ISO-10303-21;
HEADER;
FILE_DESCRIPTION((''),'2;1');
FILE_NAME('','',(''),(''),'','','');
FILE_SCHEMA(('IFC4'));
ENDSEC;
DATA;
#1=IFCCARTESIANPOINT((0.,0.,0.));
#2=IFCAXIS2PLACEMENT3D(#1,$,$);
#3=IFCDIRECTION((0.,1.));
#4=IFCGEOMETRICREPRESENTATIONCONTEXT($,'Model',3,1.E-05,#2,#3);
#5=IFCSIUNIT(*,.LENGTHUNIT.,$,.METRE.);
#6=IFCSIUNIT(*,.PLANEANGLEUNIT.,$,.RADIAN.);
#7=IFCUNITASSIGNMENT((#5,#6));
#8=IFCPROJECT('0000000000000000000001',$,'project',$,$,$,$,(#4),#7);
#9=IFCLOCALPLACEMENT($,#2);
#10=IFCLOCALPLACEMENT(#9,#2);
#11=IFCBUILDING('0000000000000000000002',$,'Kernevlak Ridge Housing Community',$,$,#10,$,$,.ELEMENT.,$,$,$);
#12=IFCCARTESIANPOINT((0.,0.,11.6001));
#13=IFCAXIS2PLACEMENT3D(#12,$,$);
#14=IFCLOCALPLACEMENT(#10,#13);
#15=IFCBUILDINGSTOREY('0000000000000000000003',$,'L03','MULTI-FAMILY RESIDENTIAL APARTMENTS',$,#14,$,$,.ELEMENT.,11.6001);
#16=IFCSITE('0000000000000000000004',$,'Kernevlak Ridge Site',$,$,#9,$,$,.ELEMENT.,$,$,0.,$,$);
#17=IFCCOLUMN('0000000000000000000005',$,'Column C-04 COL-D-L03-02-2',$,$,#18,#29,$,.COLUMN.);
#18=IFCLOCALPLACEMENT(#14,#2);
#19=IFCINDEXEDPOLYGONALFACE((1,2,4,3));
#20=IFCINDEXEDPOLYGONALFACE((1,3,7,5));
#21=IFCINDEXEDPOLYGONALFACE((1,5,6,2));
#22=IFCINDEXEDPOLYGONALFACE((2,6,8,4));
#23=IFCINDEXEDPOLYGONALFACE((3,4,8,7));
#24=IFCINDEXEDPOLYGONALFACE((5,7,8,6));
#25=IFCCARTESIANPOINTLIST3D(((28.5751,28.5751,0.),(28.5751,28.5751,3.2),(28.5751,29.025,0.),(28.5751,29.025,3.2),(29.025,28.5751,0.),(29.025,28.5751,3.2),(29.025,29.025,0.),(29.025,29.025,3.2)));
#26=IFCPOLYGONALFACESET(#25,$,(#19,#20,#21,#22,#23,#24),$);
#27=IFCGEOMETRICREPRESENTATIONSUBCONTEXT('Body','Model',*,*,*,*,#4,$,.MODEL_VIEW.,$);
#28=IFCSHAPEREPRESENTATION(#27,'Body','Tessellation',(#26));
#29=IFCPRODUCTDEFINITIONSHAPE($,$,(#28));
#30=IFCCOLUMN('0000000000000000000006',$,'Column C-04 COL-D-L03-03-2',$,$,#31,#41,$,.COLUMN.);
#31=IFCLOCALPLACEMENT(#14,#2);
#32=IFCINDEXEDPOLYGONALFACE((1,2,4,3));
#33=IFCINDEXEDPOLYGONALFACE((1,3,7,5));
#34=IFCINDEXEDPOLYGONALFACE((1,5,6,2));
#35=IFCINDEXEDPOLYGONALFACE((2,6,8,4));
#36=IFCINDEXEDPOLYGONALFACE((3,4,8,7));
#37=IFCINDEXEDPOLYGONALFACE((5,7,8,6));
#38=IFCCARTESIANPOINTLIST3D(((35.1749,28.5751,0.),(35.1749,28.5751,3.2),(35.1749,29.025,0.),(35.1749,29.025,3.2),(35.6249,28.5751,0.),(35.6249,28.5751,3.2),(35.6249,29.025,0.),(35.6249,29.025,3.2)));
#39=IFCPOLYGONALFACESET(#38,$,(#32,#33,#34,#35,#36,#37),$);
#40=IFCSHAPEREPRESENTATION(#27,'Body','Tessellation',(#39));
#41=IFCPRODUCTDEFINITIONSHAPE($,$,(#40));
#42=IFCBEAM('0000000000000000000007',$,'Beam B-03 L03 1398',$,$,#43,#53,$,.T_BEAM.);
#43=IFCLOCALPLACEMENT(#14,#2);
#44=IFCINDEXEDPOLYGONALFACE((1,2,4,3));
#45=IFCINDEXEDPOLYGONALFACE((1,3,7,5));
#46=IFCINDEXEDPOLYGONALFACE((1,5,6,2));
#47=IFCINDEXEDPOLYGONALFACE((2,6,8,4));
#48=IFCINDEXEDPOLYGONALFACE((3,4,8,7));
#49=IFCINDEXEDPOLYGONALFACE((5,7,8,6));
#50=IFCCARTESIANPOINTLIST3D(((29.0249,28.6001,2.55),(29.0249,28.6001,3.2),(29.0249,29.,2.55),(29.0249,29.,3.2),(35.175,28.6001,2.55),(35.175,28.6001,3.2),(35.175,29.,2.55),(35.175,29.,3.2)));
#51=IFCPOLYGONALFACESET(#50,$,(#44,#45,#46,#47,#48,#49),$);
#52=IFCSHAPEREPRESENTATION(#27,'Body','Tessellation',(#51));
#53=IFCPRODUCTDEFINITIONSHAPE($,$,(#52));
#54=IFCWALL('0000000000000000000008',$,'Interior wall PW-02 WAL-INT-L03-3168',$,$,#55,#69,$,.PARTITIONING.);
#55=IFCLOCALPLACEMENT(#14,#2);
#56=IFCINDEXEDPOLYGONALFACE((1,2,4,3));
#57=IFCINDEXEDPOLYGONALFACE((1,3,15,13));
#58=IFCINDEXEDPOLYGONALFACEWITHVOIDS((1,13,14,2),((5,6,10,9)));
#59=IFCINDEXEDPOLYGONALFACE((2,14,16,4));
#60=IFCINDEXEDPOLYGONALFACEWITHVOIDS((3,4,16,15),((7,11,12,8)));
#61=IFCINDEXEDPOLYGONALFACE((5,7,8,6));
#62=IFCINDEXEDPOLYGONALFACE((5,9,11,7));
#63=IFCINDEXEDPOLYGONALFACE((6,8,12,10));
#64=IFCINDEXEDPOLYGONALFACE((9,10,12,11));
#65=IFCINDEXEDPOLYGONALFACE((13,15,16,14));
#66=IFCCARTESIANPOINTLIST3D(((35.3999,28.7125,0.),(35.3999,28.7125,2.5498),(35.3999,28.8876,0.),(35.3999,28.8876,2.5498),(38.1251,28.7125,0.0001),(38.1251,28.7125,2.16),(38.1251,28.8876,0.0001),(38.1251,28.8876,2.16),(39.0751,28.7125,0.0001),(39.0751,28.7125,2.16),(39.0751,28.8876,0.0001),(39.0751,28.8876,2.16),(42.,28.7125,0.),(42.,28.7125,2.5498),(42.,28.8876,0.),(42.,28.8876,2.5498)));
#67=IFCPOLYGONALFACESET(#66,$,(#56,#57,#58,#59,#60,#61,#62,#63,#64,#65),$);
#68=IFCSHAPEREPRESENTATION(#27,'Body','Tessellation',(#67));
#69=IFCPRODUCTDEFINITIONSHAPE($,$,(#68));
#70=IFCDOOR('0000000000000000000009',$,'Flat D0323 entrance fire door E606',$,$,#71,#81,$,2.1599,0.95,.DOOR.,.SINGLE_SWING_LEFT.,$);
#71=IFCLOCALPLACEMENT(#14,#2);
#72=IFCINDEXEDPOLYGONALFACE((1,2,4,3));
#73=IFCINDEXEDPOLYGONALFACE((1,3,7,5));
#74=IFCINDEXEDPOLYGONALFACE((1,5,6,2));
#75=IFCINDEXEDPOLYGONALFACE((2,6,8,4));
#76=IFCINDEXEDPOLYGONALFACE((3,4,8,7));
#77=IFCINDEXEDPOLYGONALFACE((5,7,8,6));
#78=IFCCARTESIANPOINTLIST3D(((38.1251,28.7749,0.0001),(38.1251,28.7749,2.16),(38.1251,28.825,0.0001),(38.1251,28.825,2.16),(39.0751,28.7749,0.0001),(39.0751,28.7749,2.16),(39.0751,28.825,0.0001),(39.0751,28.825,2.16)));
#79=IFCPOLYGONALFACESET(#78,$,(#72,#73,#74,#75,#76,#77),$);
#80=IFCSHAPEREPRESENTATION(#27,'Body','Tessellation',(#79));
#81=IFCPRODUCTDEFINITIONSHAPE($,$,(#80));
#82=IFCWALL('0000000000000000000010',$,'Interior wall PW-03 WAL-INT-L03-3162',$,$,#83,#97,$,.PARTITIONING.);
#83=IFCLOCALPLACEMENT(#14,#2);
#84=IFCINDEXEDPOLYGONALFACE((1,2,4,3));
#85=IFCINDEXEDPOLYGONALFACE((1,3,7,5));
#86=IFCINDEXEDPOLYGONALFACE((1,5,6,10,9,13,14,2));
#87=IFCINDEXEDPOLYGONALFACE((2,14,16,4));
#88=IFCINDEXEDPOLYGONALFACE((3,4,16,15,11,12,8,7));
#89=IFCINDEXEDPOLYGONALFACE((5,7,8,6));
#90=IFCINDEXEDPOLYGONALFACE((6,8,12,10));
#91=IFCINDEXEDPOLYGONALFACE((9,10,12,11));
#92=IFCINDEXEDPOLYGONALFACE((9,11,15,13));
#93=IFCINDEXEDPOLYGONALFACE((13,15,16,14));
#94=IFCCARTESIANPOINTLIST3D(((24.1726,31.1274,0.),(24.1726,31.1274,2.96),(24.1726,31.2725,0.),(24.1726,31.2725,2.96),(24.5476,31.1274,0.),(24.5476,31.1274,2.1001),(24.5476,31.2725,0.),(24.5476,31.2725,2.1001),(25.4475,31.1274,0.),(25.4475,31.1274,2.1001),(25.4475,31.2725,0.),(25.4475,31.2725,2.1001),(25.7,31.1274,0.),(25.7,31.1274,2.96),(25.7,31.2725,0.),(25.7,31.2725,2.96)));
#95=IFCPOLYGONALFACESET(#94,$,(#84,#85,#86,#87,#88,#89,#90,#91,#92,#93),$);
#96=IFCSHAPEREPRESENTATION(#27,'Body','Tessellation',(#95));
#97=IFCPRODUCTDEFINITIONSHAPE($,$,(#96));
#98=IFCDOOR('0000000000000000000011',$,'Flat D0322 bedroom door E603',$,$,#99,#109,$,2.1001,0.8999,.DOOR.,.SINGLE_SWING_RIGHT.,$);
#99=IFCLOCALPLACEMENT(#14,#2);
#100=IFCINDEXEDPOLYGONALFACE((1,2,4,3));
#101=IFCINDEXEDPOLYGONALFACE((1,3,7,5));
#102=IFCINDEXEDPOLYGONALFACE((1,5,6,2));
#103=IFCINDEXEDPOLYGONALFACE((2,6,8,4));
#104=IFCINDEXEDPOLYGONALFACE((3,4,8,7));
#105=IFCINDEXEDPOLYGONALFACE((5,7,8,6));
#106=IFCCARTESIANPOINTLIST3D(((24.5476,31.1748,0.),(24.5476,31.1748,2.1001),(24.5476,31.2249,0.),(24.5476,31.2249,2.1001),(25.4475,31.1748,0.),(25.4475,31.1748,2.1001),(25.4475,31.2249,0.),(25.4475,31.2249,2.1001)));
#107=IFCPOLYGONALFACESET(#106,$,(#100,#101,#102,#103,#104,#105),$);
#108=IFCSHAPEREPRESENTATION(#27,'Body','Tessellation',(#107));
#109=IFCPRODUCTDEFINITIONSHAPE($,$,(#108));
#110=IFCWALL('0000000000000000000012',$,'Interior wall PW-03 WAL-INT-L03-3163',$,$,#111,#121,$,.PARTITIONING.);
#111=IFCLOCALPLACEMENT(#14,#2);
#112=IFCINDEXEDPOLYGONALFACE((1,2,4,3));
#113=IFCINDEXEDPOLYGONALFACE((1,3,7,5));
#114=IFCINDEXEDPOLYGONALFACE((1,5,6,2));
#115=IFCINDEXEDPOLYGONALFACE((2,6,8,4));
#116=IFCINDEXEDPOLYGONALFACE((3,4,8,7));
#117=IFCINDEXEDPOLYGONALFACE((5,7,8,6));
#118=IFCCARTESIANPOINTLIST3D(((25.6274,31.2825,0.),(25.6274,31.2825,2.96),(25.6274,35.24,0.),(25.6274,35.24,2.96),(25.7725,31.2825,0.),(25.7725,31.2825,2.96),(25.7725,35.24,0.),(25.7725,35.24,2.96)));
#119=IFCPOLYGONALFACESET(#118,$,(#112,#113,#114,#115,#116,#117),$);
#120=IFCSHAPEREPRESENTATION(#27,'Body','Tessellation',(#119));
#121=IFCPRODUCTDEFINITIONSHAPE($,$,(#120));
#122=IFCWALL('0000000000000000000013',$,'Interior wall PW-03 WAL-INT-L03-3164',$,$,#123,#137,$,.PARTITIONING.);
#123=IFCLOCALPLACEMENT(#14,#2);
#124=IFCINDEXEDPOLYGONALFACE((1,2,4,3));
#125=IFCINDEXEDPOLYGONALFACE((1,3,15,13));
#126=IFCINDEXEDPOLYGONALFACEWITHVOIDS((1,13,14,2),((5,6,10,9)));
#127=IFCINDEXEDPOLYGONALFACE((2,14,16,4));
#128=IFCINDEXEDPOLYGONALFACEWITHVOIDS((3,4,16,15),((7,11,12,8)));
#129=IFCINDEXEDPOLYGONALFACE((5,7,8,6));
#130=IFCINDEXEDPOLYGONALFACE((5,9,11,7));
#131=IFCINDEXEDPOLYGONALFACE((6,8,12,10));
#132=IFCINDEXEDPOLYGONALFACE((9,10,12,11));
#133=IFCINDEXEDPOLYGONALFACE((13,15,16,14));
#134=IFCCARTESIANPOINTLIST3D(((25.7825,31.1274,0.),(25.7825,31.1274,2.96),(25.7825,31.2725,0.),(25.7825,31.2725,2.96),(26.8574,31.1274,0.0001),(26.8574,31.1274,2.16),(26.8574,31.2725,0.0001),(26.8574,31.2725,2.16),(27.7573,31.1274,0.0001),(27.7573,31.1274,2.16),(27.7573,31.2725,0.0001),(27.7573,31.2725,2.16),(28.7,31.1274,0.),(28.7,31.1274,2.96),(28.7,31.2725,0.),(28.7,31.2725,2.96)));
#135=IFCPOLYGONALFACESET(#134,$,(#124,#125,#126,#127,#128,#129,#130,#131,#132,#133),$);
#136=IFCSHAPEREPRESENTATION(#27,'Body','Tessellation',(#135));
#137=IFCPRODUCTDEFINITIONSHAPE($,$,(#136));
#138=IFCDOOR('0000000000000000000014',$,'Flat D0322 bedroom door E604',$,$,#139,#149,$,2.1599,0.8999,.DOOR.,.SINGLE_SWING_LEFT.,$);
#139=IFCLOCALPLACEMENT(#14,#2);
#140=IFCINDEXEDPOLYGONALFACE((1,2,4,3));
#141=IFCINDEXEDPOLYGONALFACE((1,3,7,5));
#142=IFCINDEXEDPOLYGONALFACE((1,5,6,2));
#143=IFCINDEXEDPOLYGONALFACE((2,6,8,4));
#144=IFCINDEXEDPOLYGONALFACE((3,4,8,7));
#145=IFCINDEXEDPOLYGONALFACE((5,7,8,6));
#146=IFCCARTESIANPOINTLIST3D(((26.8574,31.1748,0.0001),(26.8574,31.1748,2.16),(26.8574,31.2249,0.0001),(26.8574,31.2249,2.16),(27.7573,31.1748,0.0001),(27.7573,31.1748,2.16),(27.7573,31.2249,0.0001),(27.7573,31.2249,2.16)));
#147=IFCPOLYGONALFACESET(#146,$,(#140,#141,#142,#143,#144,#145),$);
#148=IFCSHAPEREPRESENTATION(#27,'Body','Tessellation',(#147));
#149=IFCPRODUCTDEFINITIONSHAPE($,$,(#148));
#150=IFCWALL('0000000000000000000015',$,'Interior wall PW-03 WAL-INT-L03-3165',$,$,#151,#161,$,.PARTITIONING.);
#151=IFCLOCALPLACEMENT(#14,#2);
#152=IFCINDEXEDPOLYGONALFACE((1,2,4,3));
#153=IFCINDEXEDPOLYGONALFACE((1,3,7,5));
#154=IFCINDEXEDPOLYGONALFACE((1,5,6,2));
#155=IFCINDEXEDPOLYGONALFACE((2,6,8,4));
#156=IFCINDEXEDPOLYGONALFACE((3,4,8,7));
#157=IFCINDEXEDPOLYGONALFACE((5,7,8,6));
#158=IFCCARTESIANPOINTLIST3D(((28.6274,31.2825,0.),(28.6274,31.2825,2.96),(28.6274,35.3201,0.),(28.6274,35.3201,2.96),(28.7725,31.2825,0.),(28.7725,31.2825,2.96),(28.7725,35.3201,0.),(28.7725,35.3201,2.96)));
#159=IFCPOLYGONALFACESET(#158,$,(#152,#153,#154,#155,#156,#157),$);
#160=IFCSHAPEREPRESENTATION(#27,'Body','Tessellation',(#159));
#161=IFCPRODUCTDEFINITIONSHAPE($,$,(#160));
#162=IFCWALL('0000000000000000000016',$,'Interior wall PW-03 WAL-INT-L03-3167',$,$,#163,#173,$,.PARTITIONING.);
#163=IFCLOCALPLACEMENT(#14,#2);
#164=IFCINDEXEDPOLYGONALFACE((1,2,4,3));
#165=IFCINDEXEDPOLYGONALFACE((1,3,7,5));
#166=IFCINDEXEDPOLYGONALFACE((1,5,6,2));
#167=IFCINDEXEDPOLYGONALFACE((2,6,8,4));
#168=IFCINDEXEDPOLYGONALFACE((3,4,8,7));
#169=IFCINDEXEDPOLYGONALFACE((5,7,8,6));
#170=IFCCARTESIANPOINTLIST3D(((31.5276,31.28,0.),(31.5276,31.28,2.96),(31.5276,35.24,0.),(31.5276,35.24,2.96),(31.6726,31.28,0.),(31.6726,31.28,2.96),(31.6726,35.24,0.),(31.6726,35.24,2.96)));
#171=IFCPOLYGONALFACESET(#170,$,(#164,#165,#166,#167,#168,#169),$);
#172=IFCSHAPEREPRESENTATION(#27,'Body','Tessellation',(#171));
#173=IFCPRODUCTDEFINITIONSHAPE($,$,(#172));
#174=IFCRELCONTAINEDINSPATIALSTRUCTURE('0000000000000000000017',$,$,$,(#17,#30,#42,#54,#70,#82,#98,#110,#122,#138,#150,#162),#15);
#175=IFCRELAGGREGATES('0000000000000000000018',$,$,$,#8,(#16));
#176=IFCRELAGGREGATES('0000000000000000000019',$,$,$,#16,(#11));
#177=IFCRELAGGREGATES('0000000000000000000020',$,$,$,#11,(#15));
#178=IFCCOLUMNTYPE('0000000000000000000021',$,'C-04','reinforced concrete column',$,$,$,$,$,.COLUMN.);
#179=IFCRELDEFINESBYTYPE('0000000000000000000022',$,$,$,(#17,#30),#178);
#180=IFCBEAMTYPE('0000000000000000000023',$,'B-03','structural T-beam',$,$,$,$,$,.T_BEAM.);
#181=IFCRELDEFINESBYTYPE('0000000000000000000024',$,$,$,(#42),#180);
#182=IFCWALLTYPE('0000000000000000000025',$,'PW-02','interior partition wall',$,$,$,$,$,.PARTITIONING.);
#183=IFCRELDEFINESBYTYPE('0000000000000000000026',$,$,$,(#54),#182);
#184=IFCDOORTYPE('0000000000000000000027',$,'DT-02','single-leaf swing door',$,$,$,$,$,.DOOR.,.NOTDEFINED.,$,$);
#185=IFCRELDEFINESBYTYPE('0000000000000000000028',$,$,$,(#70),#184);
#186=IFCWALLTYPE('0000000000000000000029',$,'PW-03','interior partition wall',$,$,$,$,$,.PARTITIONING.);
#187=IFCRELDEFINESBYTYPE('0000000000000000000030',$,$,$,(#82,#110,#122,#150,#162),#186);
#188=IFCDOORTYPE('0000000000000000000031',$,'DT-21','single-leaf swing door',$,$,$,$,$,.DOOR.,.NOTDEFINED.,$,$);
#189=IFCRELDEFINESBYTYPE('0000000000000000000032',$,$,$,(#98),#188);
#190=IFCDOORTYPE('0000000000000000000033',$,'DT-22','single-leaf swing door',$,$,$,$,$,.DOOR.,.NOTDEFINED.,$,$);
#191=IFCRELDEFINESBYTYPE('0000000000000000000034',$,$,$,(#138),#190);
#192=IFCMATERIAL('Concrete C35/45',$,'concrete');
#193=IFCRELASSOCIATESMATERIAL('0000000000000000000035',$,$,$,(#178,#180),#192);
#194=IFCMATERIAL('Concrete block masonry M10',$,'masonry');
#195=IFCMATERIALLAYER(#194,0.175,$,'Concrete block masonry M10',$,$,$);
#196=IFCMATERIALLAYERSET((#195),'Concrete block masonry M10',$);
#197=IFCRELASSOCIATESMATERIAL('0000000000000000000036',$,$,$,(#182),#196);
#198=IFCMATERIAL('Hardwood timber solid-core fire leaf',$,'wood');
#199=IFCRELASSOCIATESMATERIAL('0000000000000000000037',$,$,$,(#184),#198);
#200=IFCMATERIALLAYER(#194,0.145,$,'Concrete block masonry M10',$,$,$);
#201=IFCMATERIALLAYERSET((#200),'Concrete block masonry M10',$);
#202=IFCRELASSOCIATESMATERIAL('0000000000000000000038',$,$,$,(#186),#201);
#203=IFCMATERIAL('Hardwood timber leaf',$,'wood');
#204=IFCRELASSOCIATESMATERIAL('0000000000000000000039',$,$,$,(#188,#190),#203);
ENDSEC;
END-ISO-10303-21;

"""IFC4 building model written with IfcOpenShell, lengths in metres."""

from ifc_helpers import new_model, si_unit, direction, frame, frame_2d, origin, origin_2d, place, context, subcontext, project, spatial, rectangle, extrude, material, layer, layer_set, material_profile, profile_set, type_object, element, fill, save


model = new_model("IFC4")

# Units and contexts
model_context = context("Model", 3, precision=1e-05, world=origin(), true_north=direction((0.0, 1.0)))
body_context = subcontext(model_context, "Body", "Model", "MODEL_VIEW")
ifc_project = project(units=[si_unit("LENGTHUNIT", "METRE"), si_unit("PLANEANGLEUNIT", "RADIAN")], contexts=[model_context])

# Site, building, storey
site_placement = place(None, origin())
site = spatial("IfcSite", under=ifc_project, at=site_placement, Name="Kernevlak Ridge Site", CompositionType="ELEMENT", RefElevation=0.0)
building_placement = place(site_placement, origin())
building = spatial("IfcBuilding", under=site, at=building_placement, Name="Kernevlak Ridge Housing Community", CompositionType="ELEMENT")
storey_placement = place(building_placement, frame((0.0, 0.0, 11.6001)))
storey = spatial("IfcBuildingStorey", under=building, at=storey_placement, Name="L03", Description="MULTI-FAMILY RESIDENTIAL APARTMENTS", CompositionType="ELEMENT", Elevation=11.6001)

# Columns
ifc_material_1 = material(Name="Concrete C35/45", Category="concrete")
ifc_material_profile_1 = material_profile(ifc_material_1, rectangle(XDim=0.45, YDim=0.45, at=origin_2d()), Name="RC 450x450")
ifc_profile_set_1 = profile_set([ifc_material_profile_1], Name="Concrete C35/45")
column_type = type_object("IfcColumnType", Name="C-04", Description="reinforced concrete column", PredefinedType="COLUMN", material=ifc_profile_set_1)
for number, where, z_axis, x_axis, name in (
    (1, (28.8, 28.8, 0.0), (0.0, 0.0, 1.0), (1.0, 0.0, 0.0), "Column C-04 COL-D-L03-02-2"),
    (2, (35.3999, 28.8, 0.0), (0.0, 0.0, 1.0), (1.0, 0.0, 0.0), "Column C-04 COL-D-L03-03-2"),
):
    element("IfcColumn", number, at=place(storey_placement, frame(where, z_axis=z_axis, x_axis=x_axis)), inside=storey, type_object=column_type, Name=name, PredefinedType="COLUMN", context=body_context, shape_type="SweptSolid", body=[
        extrude(rectangle(XDim=0.45, YDim=0.45, at=origin_2d()), origin(), (0.0, 0.0, 1.0), 3.2),
    ])

# Beam
ifc_material_profile_2 = material_profile(ifc_material_1, rectangle(XDim=0.3999, YDim=0.6499, at=origin_2d()), Name="RC 400x650")
ifc_profile_set_2 = profile_set([ifc_material_profile_2], Name="Concrete C35/45")
beam_type = type_object("IfcBeamType", Name="B-03", Description="structural T-beam", PredefinedType="T_BEAM", material=ifc_profile_set_2)
beam_placement = place(storey_placement, frame((29.0249, 28.8, 2.875), z_axis=(1.0, 0.0, 0.0), x_axis=(0.0, 1.0, 0.0)))
element("IfcBeam", 3, at=beam_placement, inside=storey, type_object=beam_type, Name="Beam B-03 L03 1398", PredefinedType="T_BEAM", context=body_context, shape_type="SweptSolid", body=[
    extrude(rectangle(XDim=0.3999, YDim=0.6499, at=origin_2d()), origin(), (0.0, 0.0, 1.0), 6.1501),
])

# Walls, openings, doors
ifc_material_2 = material(Name="Concrete block masonry M10", Category="masonry")
ifc_layer_1 = layer(ifc_material_2, 0.175, Name="Concrete block masonry M10")
ifc_layer_set_1 = layer_set([ifc_layer_1], Name="Concrete block masonry M10")
wall_type_1 = type_object("IfcWallType", Name="PW-02", Description="interior partition wall", PredefinedType="PARTITIONING", material=ifc_layer_set_1)
wall_1_placement = place(storey_placement, frame((35.3999, 28.8, 0.0), z_axis=(0.0, 0.0, 1.0), x_axis=(1.0, 0.0, 0.0)))
wall_1 = element("IfcWall", 4, at=wall_1_placement, inside=storey, type_object=wall_type_1, Name="Interior wall PW-02 WAL-INT-L03-3168", PredefinedType="PARTITIONING", context=body_context, shape_type="SweptSolid", body=[
    extrude(rectangle(XDim=6.6001, YDim=0.175, at=frame_2d((3.3, 0.0))), origin(), (0.0, 0.0, 1.0), 2.5498),
])
opening_1_placement = place(wall_1_placement, frame((2.7251, 0.0, 0.0)))
opening_1 = element("IfcOpeningElement", 5, at=opening_1_placement, cuts=wall_1, PredefinedType="OPENING", context=body_context, shape_type="SweptSolid", body=[
    extrude(rectangle(XDim=0.95, YDim=2.1599, at=frame_2d((0.4751, 1.0801))), frame((0.0, 0.0974, 0.0), z_axis=(0.0, -1.0, 0.0), x_axis=(1.0, 0.0, 0.0)), (0.0, 0.0, 1.0), 0.1951),
])
ifc_material_3 = material(Name="Hardwood timber solid-core fire leaf", Category="wood")
door_type_1 = type_object("IfcDoorType", Name="DT-02", Description="single-leaf swing door", OperationType="NOTDEFINED", PredefinedType="DOOR", material=ifc_material_3)
door_1_placement = place(opening_1_placement, origin())
door_1 = element("IfcDoor", 6, at=door_1_placement, inside=storey, type_object=door_type_1, Name="Flat D0323 entrance fire door E606", OperationType="SINGLE_SWING_LEFT", OverallHeight=2.1599, OverallWidth=0.95, PredefinedType="DOOR", context=body_context, shape_type="SweptSolid", body=[
    extrude(rectangle(XDim=0.95, YDim=2.1599, at=frame_2d((0.4751, 1.0801))), frame((0.0, 0.0249, 0.0), z_axis=(0.0, -1.0, 0.0), x_axis=(1.0, 0.0, 0.0)), (0.0, 0.0, 1.0), 0.05),
])
fill(opening_1, door_1)
ifc_layer_2 = layer(ifc_material_2, 0.145, Name="Concrete block masonry M10")
ifc_layer_set_2 = layer_set([ifc_layer_2], Name="Concrete block masonry M10")
wall_type_2 = type_object("IfcWallType", Name="PW-03", Description="interior partition wall", PredefinedType="PARTITIONING", material=ifc_layer_set_2)
wall_2_placement = place(storey_placement, frame((24.1726, 31.2, 0.0), z_axis=(0.0, 0.0, 1.0), x_axis=(1.0, 0.0, 0.0)))
wall_2 = element("IfcWall", 7, at=wall_2_placement, inside=storey, type_object=wall_type_2, Name="Interior wall PW-03 WAL-INT-L03-3162", PredefinedType="PARTITIONING", context=body_context, shape_type="SweptSolid", body=[
    extrude(rectangle(XDim=1.5273, YDim=0.145, at=frame_2d((0.7637, 0.0))), origin(), (0.0, 0.0, 1.0), 2.96),
])
opening_2_placement = place(wall_2_placement, frame((0.375, 0.0, 0.0)))
opening_2 = element("IfcOpeningElement", 8, at=opening_2_placement, cuts=wall_2, PredefinedType="OPENING", context=body_context, shape_type="SweptSolid", body=[
    extrude(rectangle(XDim=0.8999, YDim=2.1001, at=frame_2d((0.45, 1.05))), frame((0.0, 0.0825, 0.0), z_axis=(0.0, -1.0, 0.0), x_axis=(1.0, 0.0, 0.0)), (0.0, 0.0, 1.0), 0.165),
])
ifc_material_4 = material(Name="Hardwood timber leaf", Category="wood")
door_type_2 = type_object("IfcDoorType", Name="DT-21", Description="single-leaf swing door", OperationType="NOTDEFINED", PredefinedType="DOOR", material=ifc_material_4)
door_2_placement = place(opening_2_placement, origin())
door_2 = element("IfcDoor", 9, at=door_2_placement, inside=storey, type_object=door_type_2, Name="Flat D0322 bedroom door E603", OperationType="SINGLE_SWING_RIGHT", OverallHeight=2.1001, OverallWidth=0.8999, PredefinedType="DOOR", context=body_context, shape_type="SweptSolid", body=[
    extrude(rectangle(XDim=0.8999, YDim=2.1001, at=frame_2d((0.45, 1.05))), frame((0.0, 0.0249, 0.0), z_axis=(0.0, -1.0, 0.0), x_axis=(1.0, 0.0, 0.0)), (0.0, 0.0, 1.0), 0.05),
])
fill(opening_2, door_2)

# Wall
wall_3_placement = place(storey_placement, frame((25.7, 31.2825, 0.0), z_axis=(0.0, 0.0, 1.0), x_axis=(0.0, 1.0, 0.0)))
element("IfcWall", 10, at=wall_3_placement, inside=storey, type_object=wall_type_2, Name="Interior wall PW-03 WAL-INT-L03-3163", PredefinedType="PARTITIONING", context=body_context, shape_type="SweptSolid", body=[
    extrude(rectangle(XDim=3.9575, YDim=0.145, at=frame_2d((1.9788, 0.0))), origin(), (0.0, 0.0, 1.0), 2.96),
])

# Wall, opening, door
wall_4_placement = place(storey_placement, frame((25.7825, 31.2, 0.0), z_axis=(0.0, 0.0, 1.0), x_axis=(1.0, 0.0, 0.0)))
wall_4 = element("IfcWall", 11, at=wall_4_placement, inside=storey, type_object=wall_type_2, Name="Interior wall PW-03 WAL-INT-L03-3164", PredefinedType="PARTITIONING", context=body_context, shape_type="SweptSolid", body=[
    extrude(rectangle(XDim=2.9175, YDim=0.145, at=frame_2d((1.4587, 0.0))), origin(), (0.0, 0.0, 1.0), 2.96),
])
opening_3_placement = place(wall_4_placement, frame((1.075, 0.0, 0.0)))
opening_3 = element("IfcOpeningElement", 12, at=opening_3_placement, cuts=wall_4, PredefinedType="OPENING", context=body_context, shape_type="SweptSolid", body=[
    extrude(rectangle(XDim=0.8999, YDim=2.1599, at=frame_2d((0.45, 1.0801))), frame((0.0, 0.0825, 0.0), z_axis=(0.0, -1.0, 0.0), x_axis=(1.0, 0.0, 0.0)), (0.0, 0.0, 1.0), 0.165),
])
door_type_3 = type_object("IfcDoorType", Name="DT-22", Description="single-leaf swing door", OperationType="NOTDEFINED", PredefinedType="DOOR", material=ifc_material_4)
door_3_placement = place(opening_3_placement, origin())
door_3 = element("IfcDoor", 13, at=door_3_placement, inside=storey, type_object=door_type_3, Name="Flat D0322 bedroom door E604", OperationType="SINGLE_SWING_LEFT", OverallHeight=2.1599, OverallWidth=0.8999, PredefinedType="DOOR", context=body_context, shape_type="SweptSolid", body=[
    extrude(rectangle(XDim=0.8999, YDim=2.1599, at=frame_2d((0.45, 1.0801))), frame((0.0, 0.0249, 0.0), z_axis=(0.0, -1.0, 0.0), x_axis=(1.0, 0.0, 0.0)), (0.0, 0.0, 1.0), 0.05),
])
fill(opening_3, door_3)

# Walls
wall_5_placement = place(storey_placement, frame((28.7, 31.2825, 0.0), z_axis=(0.0, 0.0, 1.0), x_axis=(0.0, 1.0, 0.0)))
element("IfcWall", 14, at=wall_5_placement, inside=storey, type_object=wall_type_2, Name="Interior wall PW-03 WAL-INT-L03-3165", PredefinedType="PARTITIONING", context=body_context, shape_type="SweptSolid", body=[
    extrude(rectangle(XDim=4.0376, YDim=0.145, at=frame_2d((2.0188, 0.0))), origin(), (0.0, 0.0, 1.0), 2.96),
])
wall_6_placement = place(storey_placement, frame((31.6001, 31.28, 0.0), z_axis=(0.0, 0.0, 1.0), x_axis=(0.0, 1.0, 0.0)))
element("IfcWall", 15, at=wall_6_placement, inside=storey, type_object=wall_type_2, Name="Interior wall PW-03 WAL-INT-L03-3167", PredefinedType="PARTITIONING", context=body_context, shape_type="SweptSolid", body=[
    extrude(rectangle(XDim=3.96, YDim=0.145, at=frame_2d((1.98, 0.0))), origin(), (0.0, 0.0, 1.0), 2.96),
])

save(model, "model.ifc")
